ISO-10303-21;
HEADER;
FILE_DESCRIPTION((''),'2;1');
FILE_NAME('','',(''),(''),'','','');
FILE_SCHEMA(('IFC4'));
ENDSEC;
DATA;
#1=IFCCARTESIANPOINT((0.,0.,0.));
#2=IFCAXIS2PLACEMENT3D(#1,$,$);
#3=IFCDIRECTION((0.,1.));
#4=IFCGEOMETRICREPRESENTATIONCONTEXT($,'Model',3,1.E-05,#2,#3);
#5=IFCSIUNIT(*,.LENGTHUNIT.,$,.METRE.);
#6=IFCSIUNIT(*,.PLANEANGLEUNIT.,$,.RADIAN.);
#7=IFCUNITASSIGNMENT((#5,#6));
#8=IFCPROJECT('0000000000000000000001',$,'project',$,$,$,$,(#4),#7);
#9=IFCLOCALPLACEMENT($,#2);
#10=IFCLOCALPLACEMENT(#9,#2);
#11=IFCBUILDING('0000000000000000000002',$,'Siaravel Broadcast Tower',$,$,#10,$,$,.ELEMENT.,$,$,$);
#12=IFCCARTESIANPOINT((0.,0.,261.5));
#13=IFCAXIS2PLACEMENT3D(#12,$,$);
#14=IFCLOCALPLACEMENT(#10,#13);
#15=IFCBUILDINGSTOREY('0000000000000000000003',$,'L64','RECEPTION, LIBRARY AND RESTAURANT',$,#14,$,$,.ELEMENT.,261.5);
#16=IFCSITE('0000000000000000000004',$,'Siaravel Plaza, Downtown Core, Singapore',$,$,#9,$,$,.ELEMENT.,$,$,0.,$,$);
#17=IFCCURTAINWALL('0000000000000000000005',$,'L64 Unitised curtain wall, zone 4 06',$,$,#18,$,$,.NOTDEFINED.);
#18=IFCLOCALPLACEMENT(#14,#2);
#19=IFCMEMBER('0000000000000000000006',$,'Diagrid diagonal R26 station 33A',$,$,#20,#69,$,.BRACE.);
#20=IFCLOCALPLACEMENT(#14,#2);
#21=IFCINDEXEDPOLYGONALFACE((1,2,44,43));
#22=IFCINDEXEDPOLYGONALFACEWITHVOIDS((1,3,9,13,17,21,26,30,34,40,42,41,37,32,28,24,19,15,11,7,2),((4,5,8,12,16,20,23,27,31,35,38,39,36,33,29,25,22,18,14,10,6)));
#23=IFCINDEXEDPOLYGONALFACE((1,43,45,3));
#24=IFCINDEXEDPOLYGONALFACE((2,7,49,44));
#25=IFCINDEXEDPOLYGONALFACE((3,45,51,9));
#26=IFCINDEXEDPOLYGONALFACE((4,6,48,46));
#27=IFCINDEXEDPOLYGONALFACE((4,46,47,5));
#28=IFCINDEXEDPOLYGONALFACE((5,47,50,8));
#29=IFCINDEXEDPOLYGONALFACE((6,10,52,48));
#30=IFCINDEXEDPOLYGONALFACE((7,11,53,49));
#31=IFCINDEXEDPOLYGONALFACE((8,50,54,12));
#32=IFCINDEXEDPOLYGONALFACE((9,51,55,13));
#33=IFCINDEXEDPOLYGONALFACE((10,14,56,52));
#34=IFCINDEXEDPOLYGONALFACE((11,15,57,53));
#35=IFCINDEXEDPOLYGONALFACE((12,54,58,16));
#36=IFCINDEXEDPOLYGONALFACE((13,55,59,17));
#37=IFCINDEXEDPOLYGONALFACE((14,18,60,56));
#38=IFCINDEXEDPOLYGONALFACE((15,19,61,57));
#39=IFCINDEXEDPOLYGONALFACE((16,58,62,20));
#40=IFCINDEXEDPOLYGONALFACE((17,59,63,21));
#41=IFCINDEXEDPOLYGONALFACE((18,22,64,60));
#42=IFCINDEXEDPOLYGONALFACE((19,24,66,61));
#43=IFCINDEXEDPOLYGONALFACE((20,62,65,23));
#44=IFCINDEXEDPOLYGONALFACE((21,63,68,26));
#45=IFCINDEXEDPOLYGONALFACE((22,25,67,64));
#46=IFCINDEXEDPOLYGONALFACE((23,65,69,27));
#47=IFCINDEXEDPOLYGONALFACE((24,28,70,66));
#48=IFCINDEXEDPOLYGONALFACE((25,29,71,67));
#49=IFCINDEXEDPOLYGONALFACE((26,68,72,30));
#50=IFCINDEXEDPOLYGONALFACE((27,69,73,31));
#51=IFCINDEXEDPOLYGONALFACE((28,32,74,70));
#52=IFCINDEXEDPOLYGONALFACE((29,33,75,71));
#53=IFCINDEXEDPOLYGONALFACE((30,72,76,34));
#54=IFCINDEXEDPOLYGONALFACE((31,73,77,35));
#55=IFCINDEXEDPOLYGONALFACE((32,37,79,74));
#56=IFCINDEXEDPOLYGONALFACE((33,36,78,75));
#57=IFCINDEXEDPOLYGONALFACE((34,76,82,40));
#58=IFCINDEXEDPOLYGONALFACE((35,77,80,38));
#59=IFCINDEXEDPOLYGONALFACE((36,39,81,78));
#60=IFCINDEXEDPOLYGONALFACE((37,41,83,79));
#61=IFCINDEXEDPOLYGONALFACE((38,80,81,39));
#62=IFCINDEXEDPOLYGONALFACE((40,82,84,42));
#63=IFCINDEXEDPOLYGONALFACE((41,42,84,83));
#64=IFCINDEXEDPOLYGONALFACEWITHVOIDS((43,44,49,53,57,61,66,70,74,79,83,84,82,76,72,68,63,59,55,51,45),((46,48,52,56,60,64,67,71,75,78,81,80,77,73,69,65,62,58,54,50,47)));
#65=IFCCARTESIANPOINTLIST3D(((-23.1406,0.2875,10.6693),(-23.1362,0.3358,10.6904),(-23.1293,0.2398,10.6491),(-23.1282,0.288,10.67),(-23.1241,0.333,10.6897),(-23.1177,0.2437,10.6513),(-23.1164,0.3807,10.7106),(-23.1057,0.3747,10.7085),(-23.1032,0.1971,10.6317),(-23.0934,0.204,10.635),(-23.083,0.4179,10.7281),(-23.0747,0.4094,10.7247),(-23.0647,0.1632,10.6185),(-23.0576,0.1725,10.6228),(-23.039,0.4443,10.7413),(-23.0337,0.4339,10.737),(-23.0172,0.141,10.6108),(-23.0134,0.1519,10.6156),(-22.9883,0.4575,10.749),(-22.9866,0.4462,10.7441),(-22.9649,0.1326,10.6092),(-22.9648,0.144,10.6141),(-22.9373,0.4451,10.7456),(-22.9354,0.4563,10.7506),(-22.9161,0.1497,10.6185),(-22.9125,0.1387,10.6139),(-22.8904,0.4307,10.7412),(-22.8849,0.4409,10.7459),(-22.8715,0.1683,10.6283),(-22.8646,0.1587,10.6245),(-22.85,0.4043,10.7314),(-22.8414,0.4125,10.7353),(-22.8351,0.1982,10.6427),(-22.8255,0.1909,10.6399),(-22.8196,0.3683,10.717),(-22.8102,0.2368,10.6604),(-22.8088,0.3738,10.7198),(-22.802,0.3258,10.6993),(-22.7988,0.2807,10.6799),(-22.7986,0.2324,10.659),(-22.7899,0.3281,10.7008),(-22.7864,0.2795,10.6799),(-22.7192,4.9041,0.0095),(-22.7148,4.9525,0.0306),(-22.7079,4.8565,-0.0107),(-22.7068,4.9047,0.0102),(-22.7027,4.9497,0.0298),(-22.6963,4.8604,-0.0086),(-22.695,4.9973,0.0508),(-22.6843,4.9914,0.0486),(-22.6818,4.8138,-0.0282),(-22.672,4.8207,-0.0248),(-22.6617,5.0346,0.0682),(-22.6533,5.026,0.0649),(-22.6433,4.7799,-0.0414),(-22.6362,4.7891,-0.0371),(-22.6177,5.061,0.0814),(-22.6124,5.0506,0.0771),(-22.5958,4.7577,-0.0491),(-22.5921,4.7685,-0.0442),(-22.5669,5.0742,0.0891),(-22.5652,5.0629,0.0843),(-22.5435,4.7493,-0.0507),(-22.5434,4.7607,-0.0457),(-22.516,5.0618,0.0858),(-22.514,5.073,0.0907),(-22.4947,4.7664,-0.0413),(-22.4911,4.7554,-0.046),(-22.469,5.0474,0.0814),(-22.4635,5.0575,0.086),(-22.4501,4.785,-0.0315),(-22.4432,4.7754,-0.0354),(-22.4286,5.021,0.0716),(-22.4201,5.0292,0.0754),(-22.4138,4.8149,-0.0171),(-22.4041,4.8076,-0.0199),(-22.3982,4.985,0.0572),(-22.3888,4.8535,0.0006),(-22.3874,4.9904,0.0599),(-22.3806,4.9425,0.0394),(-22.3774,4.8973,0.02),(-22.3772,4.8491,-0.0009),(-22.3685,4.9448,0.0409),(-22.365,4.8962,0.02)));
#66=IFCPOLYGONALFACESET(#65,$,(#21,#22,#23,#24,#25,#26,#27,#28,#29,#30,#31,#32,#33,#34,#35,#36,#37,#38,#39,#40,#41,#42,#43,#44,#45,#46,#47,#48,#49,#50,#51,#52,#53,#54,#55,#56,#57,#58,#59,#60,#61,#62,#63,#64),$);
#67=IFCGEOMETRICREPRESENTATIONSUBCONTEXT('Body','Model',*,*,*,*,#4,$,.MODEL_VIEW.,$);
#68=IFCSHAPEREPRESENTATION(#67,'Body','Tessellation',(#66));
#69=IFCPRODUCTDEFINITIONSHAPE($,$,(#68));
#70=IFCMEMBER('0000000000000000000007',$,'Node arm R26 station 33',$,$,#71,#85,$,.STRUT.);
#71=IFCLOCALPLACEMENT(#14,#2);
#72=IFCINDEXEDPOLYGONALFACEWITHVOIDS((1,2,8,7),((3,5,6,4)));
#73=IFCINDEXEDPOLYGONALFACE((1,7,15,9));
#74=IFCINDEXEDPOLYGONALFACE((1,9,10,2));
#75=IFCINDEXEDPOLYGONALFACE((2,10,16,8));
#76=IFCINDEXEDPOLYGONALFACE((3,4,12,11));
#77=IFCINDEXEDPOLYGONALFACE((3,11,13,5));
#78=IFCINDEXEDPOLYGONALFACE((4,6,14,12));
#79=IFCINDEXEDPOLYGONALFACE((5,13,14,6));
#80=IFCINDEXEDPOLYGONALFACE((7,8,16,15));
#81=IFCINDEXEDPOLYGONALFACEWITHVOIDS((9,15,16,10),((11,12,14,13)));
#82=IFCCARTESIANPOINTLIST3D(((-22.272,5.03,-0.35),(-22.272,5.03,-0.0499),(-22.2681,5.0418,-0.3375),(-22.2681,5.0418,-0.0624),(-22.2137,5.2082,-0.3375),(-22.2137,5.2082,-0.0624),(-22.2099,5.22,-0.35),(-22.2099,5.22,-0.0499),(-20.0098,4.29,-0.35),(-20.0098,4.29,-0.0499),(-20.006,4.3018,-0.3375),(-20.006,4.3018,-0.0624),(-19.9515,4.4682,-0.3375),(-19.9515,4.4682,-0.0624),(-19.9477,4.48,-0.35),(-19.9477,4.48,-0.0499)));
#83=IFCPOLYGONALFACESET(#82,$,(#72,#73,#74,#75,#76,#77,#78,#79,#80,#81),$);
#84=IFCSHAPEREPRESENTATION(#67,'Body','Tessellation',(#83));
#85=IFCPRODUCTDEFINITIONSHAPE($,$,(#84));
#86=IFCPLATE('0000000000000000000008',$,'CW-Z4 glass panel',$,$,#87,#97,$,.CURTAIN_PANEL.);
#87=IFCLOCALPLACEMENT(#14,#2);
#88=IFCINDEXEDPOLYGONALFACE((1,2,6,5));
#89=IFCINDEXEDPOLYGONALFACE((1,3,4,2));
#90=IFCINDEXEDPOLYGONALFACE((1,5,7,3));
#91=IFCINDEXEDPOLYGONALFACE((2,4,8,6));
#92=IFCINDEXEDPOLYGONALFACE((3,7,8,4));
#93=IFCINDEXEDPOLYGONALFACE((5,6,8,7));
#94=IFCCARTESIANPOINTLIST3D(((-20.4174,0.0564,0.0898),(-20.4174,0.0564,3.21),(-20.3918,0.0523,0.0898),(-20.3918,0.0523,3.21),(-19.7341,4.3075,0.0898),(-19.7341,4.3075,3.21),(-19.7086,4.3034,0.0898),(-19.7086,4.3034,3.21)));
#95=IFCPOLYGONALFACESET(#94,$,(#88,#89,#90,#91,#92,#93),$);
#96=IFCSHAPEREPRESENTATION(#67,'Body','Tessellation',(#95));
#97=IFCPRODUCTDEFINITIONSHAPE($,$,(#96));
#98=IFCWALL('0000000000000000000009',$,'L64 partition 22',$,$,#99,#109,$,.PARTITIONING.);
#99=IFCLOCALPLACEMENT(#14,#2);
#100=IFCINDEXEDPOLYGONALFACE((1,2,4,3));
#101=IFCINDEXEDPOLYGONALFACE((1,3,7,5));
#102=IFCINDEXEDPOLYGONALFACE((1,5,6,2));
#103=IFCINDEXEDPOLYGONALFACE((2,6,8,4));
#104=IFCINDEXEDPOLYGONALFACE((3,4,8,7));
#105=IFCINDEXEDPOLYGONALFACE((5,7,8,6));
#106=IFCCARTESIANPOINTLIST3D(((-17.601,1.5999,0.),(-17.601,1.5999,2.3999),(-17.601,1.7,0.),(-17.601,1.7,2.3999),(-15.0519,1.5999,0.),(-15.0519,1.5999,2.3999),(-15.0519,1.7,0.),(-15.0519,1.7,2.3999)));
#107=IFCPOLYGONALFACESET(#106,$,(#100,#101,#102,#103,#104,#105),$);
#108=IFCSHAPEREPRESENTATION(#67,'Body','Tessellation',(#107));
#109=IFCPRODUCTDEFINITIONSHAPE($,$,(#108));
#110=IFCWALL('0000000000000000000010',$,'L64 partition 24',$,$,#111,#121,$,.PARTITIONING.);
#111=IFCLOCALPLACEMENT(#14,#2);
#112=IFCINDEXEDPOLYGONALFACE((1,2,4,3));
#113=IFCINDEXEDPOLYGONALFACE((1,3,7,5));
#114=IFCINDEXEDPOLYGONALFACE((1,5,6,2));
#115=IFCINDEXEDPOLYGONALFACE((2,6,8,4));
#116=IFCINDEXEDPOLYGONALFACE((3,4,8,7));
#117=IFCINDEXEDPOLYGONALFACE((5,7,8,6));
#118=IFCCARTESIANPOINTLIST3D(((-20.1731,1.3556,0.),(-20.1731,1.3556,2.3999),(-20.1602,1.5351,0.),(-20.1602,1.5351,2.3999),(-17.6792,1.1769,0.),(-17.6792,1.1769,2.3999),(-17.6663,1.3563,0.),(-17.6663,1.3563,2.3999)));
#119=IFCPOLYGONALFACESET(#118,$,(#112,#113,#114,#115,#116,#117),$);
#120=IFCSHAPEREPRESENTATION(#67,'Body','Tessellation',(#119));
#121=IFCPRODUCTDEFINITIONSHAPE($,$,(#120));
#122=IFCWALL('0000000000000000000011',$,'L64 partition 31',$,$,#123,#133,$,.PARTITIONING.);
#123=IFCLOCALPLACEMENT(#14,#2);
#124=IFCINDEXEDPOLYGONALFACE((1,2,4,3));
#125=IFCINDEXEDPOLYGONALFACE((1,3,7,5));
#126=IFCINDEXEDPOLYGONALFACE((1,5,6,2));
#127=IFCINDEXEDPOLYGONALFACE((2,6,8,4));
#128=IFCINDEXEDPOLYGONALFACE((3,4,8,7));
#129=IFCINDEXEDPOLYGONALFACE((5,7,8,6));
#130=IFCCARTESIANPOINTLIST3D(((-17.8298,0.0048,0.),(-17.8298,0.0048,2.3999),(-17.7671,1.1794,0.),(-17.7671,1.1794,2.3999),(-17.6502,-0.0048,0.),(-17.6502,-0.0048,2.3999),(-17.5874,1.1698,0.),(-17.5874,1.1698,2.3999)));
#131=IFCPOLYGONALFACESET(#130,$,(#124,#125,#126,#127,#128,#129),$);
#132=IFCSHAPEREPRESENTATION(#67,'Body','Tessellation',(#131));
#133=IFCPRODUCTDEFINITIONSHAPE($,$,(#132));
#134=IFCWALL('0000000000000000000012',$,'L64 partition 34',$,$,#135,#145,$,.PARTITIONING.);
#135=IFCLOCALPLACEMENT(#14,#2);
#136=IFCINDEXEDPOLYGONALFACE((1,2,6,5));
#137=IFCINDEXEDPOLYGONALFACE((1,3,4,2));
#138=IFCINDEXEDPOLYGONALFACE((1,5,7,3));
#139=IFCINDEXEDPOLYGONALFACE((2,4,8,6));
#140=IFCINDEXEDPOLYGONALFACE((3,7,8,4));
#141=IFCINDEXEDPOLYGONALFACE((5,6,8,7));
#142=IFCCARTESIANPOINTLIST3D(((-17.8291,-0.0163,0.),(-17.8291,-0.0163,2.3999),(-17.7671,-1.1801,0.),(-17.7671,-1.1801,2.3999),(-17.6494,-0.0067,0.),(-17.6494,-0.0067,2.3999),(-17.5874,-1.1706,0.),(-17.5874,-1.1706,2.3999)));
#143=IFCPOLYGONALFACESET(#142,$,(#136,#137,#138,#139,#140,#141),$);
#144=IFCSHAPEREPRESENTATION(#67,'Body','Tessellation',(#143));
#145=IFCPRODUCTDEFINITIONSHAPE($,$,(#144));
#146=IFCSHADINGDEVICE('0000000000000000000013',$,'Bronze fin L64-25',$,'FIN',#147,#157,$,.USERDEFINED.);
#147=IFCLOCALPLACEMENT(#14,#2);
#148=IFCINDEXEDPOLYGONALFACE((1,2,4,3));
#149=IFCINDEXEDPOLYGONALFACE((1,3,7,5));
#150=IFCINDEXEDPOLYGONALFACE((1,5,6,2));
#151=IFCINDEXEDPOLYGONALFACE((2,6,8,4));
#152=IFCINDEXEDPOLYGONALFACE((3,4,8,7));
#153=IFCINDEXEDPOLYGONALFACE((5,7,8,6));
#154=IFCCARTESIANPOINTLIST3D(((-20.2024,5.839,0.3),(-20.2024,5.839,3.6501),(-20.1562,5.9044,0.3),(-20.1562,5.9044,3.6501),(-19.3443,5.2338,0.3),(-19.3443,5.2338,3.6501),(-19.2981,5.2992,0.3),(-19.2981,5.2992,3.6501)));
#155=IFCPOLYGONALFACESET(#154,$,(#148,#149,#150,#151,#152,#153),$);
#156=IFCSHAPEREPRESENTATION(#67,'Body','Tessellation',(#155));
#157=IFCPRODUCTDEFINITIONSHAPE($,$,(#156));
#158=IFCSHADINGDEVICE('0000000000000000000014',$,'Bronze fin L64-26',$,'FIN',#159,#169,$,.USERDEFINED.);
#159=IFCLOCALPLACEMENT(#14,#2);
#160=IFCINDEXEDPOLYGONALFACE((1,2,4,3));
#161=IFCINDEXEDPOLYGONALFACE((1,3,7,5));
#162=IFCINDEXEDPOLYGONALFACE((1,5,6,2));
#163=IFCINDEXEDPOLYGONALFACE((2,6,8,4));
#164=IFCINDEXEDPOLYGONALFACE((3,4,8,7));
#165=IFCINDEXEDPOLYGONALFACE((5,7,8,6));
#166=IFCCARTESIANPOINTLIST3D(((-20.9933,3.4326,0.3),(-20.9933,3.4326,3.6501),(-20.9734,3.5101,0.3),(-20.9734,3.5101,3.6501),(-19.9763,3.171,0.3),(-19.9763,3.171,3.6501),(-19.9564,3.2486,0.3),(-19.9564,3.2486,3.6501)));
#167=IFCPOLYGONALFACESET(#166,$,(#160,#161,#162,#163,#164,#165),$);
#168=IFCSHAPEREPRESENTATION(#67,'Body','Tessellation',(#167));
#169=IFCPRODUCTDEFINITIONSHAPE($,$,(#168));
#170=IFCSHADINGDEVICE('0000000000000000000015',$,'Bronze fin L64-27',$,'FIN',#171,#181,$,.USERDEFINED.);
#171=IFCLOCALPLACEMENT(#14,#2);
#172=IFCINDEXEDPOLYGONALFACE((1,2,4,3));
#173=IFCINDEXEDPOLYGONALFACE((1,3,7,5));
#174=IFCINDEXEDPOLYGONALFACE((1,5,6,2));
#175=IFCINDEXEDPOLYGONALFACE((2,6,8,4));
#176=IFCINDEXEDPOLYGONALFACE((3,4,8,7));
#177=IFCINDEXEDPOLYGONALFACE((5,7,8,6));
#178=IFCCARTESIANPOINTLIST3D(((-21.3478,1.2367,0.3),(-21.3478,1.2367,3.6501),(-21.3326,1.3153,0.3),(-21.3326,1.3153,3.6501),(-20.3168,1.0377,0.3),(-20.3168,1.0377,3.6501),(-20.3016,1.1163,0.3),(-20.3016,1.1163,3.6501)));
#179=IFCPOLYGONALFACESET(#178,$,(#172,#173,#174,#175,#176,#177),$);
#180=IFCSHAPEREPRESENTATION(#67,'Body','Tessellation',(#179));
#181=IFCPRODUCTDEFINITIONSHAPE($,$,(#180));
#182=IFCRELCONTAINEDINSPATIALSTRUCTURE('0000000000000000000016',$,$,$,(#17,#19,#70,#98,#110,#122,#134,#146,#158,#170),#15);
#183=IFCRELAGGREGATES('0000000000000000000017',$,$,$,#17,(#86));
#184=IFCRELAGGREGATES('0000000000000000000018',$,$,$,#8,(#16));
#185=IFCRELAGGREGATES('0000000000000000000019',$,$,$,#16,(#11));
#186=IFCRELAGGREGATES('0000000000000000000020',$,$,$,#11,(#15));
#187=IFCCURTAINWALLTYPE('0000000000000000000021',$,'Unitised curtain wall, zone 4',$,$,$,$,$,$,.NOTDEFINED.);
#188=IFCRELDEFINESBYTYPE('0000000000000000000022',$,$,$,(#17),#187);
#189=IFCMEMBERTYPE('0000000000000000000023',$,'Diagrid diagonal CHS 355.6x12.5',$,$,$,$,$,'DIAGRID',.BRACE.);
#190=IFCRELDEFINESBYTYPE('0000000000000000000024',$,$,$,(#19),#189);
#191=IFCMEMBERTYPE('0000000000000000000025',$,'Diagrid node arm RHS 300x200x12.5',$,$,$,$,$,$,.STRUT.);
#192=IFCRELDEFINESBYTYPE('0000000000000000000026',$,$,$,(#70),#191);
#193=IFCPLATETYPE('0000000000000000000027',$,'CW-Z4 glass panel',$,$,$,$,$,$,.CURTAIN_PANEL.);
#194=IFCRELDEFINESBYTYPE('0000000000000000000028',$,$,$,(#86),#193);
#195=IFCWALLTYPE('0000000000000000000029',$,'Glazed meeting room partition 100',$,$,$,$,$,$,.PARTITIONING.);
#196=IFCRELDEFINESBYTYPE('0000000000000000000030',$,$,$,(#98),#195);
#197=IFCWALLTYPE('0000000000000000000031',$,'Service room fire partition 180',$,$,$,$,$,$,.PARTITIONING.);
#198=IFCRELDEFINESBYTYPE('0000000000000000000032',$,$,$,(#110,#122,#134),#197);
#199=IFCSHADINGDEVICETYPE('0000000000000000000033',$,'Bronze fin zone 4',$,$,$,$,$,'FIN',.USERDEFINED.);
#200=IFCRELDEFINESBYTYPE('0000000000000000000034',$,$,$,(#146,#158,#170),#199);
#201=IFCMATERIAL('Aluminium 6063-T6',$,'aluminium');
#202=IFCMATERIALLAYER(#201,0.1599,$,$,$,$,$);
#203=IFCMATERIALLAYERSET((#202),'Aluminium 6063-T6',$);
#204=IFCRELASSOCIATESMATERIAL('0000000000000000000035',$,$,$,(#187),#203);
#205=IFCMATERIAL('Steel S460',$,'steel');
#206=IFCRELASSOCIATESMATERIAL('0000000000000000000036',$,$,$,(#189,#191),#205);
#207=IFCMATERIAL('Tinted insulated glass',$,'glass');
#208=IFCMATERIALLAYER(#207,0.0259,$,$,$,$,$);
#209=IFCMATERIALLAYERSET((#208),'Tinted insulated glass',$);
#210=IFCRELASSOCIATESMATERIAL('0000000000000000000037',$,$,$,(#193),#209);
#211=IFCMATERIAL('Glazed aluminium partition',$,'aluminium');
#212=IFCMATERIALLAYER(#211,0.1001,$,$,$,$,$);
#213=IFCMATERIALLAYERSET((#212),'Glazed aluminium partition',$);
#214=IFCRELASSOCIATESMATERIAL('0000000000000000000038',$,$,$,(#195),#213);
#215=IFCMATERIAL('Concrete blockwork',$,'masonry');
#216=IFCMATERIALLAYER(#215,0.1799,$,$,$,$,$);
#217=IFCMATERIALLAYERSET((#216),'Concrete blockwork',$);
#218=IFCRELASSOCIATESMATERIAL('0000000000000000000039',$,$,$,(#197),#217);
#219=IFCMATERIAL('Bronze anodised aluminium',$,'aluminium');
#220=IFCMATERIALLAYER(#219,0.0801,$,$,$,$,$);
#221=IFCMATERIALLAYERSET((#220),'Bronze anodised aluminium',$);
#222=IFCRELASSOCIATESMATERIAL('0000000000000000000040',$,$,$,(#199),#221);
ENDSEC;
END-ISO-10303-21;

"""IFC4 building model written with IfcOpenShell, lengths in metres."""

from ifc_helpers import new_model, si_unit, direction, frame, frame_2d, origin, origin_2d, place, context, subcontext, project, spatial, rectangle, hollow_rectangle, hollow_circle, extrude, material, layer, layer_set, material_profile, profile_set, type_object, element, aggregate, save


model = new_model("IFC4")

# Units and contexts
model_context = context("Model", 3, precision=1e-05, world=origin(), true_north=direction((0.0, 1.0)))
body_context = subcontext(model_context, "Body", "Model", "MODEL_VIEW")
ifc_project = project(units=[si_unit("LENGTHUNIT", "METRE"), si_unit("PLANEANGLEUNIT", "RADIAN")], contexts=[model_context])

# Site, building, storey
site_placement = place(None, origin())
site = spatial("IfcSite", under=ifc_project, at=site_placement, Name="Siaravel Plaza, Downtown Core, Singapore", CompositionType="ELEMENT", RefElevation=0.0)
building_placement = place(site_placement, origin())
building = spatial("IfcBuilding", under=site, at=building_placement, Name="Siaravel Broadcast Tower", CompositionType="ELEMENT")
storey_placement = place(building_placement, frame((0.0, 0.0, 261.5)))
storey = spatial("IfcBuildingStorey", under=building, at=storey_placement, Name="L64", Description="RECEPTION, LIBRARY AND RESTAURANT", CompositionType="ELEMENT", Elevation=261.5)

# Curtain wall
ifc_material_1 = material(Name="Aluminium 6063-T6", Category="aluminium")
ifc_layer_1 = layer(ifc_material_1, 0.1599)
ifc_layer_set_1 = layer_set([ifc_layer_1], Name="Aluminium 6063-T6")
curtain_wall_type = type_object("IfcCurtainWallType", Name="Unitised curtain wall, zone 4", PredefinedType="NOTDEFINED", material=ifc_layer_set_1)
curtain_wall_1_placement = place(storey_placement, origin())
curtain_wall_1 = element("IfcCurtainWall", 1, at=curtain_wall_1_placement, inside=storey, type_object=curtain_wall_type, Name="L64 Unitised curtain wall, zone 4 06", PredefinedType="NOTDEFINED")

# Members
ifc_material_2 = material(Name="Steel S460", Category="steel")
ifc_material_profile_1 = material_profile(ifc_material_2, hollow_circle(Radius=0.1777, WallThickness=0.0125, at=origin_2d()))
ifc_profile_set_1 = profile_set([ifc_material_profile_1], Name="Steel S460")
member_type_1 = type_object("IfcMemberType", Name="Diagrid diagonal CHS 355.6x12.5", ElementType="DIAGRID", PredefinedType="BRACE", material=ifc_profile_set_1)
member_1_placement = place(storey_placement, frame((-22.542, 4.9124, 0.02), z_axis=(-0.03625, -0.397158, 0.917034), x_axis=(0.99586, -0.090897, 0.0)))
element("IfcMember", 2, at=member_1_placement, inside=storey, type_object=member_type_1, Name="Diagrid diagonal R26 station 33A", PredefinedType="BRACE", context=body_context, shape_type="SweptSolid", body=[
    extrude(hollow_circle(Radius=0.1777, WallThickness=0.0125, at=origin_2d()), origin(), (0.0, 0.0, 1.0), 11.6243),
])
ifc_material_profile_2 = material_profile(ifc_material_2, hollow_rectangle(XDim=0.2, YDim=0.3, WallThickness=0.0125, at=origin_2d()))
ifc_profile_set_2 = profile_set([ifc_material_profile_2], Name="Steel S460")
member_type_2 = type_object("IfcMemberType", Name="Diagrid node arm RHS 300x200x12.5", PredefinedType="STRUT", material=ifc_profile_set_2)
member_2_placement = place(storey_placement, frame((-19.9788, 4.385, -0.2), z_axis=(-0.950443, 0.310899, 0.0), x_axis=(-0.310899, -0.950443, 0.0)))
element("IfcMember", 3, at=member_2_placement, inside=storey, type_object=member_type_2, Name="Node arm R26 station 33", PredefinedType="STRUT", context=body_context, shape_type="SweptSolid", body=[
    extrude(hollow_rectangle(XDim=0.2, YDim=0.3, WallThickness=0.0125, at=origin_2d()), origin(), (0.0, 0.0, 1.0), 2.3801),
])

# Plate
ifc_material_3 = material(Name="Tinted insulated glass", Category="glass")
ifc_layer_2 = layer(ifc_material_3, 0.0259)
ifc_layer_set_2 = layer_set([ifc_layer_2], Name="Tinted insulated glass")
plate_type = type_object("IfcPlateType", Name="CW-Z4 glass panel", PredefinedType="CURTAIN_PANEL", material=ifc_layer_set_2)
plate_placement = place(storey_placement, frame((-20.063, 2.1799, 0.0898), z_axis=(0.0, 0.0, 1.0), x_axis=(-0.158685, -0.987329, 0.0)))
plate = element("IfcPlate", 4, at=plate_placement, type_object=plate_type, Name="CW-Z4 glass panel", PredefinedType="CURTAIN_PANEL", context=body_context, shape_type="SweptSolid", body=[
    extrude(rectangle(XDim=4.3057, YDim=0.0259, at=origin_2d()), origin(), (0.0, 0.0, 1.0), 3.1201),
])
aggregate(curtain_wall_1, [plate])

# Walls
ifc_material_4 = material(Name="Glazed aluminium partition", Category="aluminium")
ifc_layer_3 = layer(ifc_material_4, 0.1001)
ifc_layer_set_3 = layer_set([ifc_layer_3], Name="Glazed aluminium partition")
wall_type_1 = type_object("IfcWallType", Name="Glazed meeting room partition 100", PredefinedType="PARTITIONING", material=ifc_layer_set_3)
wall_1_placement = place(storey_placement, frame((-15.052, 1.6499, 0.0), z_axis=(0.0, 0.0, 1.0), x_axis=(-1.0, 0.0, 0.0)))
element("IfcWall", 5, at=wall_1_placement, inside=storey, type_object=wall_type_1, Name="L64 partition 22", PredefinedType="PARTITIONING", context=body_context, shape_type="SweptSolid", body=[
    extrude(rectangle(XDim=2.5491, YDim=0.1001, at=frame_2d((1.2744, 0.0))), origin(), (0.0, 0.0, 1.0), 2.3999),
])
ifc_material_5 = material(Name="Concrete blockwork", Category="masonry")
ifc_layer_4 = layer(ifc_material_5, 0.1799)
ifc_layer_set_4 = layer_set([ifc_layer_4], Name="Concrete blockwork")
wall_type_2 = type_object("IfcWallType", Name="Service room fire partition 180", PredefinedType="PARTITIONING", material=ifc_layer_set_4)
wall_2_placement = place(storey_placement, frame((-20.1665, 1.4453, 0.0), z_axis=(0.0, 0.0, 1.0), x_axis=(0.997442, -0.071476, 0.0)))
element("IfcWall", 6, at=wall_2_placement, inside=storey, type_object=wall_type_2, Name="L64 partition 24", PredefinedType="PARTITIONING", context=body_context, shape_type="SweptSolid", body=[
    extrude(rectangle(XDim=2.5002, YDim=0.1799, at=frame_2d((1.25, 0.0))), origin(), (0.0, 0.0, 1.0), 2.3999),
])
wall_3_placement = place(storey_placement, frame((-17.6772, 1.1746, 0.0), z_axis=(0.0, 0.0, 1.0), x_axis=(-0.053343, -0.998576, 0.0)))
element("IfcWall", 7, at=wall_3_placement, inside=storey, type_object=wall_type_2, Name="L64 partition 31", PredefinedType="PARTITIONING", context=body_context, shape_type="SweptSolid", body=[
    extrude(rectangle(XDim=1.1763, YDim=0.1799, at=frame_2d((0.5881, 0.0))), origin(), (0.0, 0.0, 1.0), 2.3999),
])
wall_4_placement = place(storey_placement, frame((-17.7393, -0.0115, 0.0), z_axis=(0.0, 0.0, 1.0), x_axis=(0.053208, -0.998583, 0.0)))
element("IfcWall", 8, at=wall_4_placement, inside=storey, type_object=wall_type_2, Name="L64 partition 34", PredefinedType="PARTITIONING", context=body_context, shape_type="SweptSolid", body=[
    extrude(rectangle(XDim=1.1655, YDim=0.1799, at=frame_2d((0.5828, 0.0))), origin(), (0.0, 0.0, 1.0), 2.3999),
])

# Shading devices
ifc_material_6 = material(Name="Bronze anodised aluminium", Category="aluminium")
ifc_layer_5 = layer(ifc_material_6, 0.0801)
ifc_layer_set_5 = layer_set([ifc_layer_5], Name="Bronze anodised aluminium")
shading_device_type = type_object("IfcShadingDeviceType", Name="Bronze fin zone 4", ElementType="FIN", PredefinedType="USERDEFINED", material=ifc_layer_set_5)
for number, where, z_axis, x_axis, name in (
    (9, (-19.7502, 5.5691, 0.3), (0.0, 0.0, 1.0), (-0.817197, 0.576358, 0.0), "Bronze fin L64-25"),
    (10, (-20.4749, 3.3406, 0.3), (0.0, 0.0, 1.0), (-0.968487, 0.249063, 0.0), "Bronze fin L64-26"),
    (11, (-20.8247, 1.1765, 0.3), (0.0, 0.0, 1.0), (-0.98188, 0.189505, 0.0), "Bronze fin L64-27"),
):
    element("IfcShadingDevice", number, at=place(storey_placement, frame(where, z_axis=z_axis, x_axis=x_axis)), inside=storey, type_object=shading_device_type, Name=name, ObjectType="FIN", PredefinedType="USERDEFINED", context=body_context, shape_type="SweptSolid", body=[
        extrude(rectangle(XDim=1.05, YDim=0.0801, at=origin_2d()), origin(), (0.0, 0.0, 1.0), 3.3501),
    ])

save(model, "model.ifc")
